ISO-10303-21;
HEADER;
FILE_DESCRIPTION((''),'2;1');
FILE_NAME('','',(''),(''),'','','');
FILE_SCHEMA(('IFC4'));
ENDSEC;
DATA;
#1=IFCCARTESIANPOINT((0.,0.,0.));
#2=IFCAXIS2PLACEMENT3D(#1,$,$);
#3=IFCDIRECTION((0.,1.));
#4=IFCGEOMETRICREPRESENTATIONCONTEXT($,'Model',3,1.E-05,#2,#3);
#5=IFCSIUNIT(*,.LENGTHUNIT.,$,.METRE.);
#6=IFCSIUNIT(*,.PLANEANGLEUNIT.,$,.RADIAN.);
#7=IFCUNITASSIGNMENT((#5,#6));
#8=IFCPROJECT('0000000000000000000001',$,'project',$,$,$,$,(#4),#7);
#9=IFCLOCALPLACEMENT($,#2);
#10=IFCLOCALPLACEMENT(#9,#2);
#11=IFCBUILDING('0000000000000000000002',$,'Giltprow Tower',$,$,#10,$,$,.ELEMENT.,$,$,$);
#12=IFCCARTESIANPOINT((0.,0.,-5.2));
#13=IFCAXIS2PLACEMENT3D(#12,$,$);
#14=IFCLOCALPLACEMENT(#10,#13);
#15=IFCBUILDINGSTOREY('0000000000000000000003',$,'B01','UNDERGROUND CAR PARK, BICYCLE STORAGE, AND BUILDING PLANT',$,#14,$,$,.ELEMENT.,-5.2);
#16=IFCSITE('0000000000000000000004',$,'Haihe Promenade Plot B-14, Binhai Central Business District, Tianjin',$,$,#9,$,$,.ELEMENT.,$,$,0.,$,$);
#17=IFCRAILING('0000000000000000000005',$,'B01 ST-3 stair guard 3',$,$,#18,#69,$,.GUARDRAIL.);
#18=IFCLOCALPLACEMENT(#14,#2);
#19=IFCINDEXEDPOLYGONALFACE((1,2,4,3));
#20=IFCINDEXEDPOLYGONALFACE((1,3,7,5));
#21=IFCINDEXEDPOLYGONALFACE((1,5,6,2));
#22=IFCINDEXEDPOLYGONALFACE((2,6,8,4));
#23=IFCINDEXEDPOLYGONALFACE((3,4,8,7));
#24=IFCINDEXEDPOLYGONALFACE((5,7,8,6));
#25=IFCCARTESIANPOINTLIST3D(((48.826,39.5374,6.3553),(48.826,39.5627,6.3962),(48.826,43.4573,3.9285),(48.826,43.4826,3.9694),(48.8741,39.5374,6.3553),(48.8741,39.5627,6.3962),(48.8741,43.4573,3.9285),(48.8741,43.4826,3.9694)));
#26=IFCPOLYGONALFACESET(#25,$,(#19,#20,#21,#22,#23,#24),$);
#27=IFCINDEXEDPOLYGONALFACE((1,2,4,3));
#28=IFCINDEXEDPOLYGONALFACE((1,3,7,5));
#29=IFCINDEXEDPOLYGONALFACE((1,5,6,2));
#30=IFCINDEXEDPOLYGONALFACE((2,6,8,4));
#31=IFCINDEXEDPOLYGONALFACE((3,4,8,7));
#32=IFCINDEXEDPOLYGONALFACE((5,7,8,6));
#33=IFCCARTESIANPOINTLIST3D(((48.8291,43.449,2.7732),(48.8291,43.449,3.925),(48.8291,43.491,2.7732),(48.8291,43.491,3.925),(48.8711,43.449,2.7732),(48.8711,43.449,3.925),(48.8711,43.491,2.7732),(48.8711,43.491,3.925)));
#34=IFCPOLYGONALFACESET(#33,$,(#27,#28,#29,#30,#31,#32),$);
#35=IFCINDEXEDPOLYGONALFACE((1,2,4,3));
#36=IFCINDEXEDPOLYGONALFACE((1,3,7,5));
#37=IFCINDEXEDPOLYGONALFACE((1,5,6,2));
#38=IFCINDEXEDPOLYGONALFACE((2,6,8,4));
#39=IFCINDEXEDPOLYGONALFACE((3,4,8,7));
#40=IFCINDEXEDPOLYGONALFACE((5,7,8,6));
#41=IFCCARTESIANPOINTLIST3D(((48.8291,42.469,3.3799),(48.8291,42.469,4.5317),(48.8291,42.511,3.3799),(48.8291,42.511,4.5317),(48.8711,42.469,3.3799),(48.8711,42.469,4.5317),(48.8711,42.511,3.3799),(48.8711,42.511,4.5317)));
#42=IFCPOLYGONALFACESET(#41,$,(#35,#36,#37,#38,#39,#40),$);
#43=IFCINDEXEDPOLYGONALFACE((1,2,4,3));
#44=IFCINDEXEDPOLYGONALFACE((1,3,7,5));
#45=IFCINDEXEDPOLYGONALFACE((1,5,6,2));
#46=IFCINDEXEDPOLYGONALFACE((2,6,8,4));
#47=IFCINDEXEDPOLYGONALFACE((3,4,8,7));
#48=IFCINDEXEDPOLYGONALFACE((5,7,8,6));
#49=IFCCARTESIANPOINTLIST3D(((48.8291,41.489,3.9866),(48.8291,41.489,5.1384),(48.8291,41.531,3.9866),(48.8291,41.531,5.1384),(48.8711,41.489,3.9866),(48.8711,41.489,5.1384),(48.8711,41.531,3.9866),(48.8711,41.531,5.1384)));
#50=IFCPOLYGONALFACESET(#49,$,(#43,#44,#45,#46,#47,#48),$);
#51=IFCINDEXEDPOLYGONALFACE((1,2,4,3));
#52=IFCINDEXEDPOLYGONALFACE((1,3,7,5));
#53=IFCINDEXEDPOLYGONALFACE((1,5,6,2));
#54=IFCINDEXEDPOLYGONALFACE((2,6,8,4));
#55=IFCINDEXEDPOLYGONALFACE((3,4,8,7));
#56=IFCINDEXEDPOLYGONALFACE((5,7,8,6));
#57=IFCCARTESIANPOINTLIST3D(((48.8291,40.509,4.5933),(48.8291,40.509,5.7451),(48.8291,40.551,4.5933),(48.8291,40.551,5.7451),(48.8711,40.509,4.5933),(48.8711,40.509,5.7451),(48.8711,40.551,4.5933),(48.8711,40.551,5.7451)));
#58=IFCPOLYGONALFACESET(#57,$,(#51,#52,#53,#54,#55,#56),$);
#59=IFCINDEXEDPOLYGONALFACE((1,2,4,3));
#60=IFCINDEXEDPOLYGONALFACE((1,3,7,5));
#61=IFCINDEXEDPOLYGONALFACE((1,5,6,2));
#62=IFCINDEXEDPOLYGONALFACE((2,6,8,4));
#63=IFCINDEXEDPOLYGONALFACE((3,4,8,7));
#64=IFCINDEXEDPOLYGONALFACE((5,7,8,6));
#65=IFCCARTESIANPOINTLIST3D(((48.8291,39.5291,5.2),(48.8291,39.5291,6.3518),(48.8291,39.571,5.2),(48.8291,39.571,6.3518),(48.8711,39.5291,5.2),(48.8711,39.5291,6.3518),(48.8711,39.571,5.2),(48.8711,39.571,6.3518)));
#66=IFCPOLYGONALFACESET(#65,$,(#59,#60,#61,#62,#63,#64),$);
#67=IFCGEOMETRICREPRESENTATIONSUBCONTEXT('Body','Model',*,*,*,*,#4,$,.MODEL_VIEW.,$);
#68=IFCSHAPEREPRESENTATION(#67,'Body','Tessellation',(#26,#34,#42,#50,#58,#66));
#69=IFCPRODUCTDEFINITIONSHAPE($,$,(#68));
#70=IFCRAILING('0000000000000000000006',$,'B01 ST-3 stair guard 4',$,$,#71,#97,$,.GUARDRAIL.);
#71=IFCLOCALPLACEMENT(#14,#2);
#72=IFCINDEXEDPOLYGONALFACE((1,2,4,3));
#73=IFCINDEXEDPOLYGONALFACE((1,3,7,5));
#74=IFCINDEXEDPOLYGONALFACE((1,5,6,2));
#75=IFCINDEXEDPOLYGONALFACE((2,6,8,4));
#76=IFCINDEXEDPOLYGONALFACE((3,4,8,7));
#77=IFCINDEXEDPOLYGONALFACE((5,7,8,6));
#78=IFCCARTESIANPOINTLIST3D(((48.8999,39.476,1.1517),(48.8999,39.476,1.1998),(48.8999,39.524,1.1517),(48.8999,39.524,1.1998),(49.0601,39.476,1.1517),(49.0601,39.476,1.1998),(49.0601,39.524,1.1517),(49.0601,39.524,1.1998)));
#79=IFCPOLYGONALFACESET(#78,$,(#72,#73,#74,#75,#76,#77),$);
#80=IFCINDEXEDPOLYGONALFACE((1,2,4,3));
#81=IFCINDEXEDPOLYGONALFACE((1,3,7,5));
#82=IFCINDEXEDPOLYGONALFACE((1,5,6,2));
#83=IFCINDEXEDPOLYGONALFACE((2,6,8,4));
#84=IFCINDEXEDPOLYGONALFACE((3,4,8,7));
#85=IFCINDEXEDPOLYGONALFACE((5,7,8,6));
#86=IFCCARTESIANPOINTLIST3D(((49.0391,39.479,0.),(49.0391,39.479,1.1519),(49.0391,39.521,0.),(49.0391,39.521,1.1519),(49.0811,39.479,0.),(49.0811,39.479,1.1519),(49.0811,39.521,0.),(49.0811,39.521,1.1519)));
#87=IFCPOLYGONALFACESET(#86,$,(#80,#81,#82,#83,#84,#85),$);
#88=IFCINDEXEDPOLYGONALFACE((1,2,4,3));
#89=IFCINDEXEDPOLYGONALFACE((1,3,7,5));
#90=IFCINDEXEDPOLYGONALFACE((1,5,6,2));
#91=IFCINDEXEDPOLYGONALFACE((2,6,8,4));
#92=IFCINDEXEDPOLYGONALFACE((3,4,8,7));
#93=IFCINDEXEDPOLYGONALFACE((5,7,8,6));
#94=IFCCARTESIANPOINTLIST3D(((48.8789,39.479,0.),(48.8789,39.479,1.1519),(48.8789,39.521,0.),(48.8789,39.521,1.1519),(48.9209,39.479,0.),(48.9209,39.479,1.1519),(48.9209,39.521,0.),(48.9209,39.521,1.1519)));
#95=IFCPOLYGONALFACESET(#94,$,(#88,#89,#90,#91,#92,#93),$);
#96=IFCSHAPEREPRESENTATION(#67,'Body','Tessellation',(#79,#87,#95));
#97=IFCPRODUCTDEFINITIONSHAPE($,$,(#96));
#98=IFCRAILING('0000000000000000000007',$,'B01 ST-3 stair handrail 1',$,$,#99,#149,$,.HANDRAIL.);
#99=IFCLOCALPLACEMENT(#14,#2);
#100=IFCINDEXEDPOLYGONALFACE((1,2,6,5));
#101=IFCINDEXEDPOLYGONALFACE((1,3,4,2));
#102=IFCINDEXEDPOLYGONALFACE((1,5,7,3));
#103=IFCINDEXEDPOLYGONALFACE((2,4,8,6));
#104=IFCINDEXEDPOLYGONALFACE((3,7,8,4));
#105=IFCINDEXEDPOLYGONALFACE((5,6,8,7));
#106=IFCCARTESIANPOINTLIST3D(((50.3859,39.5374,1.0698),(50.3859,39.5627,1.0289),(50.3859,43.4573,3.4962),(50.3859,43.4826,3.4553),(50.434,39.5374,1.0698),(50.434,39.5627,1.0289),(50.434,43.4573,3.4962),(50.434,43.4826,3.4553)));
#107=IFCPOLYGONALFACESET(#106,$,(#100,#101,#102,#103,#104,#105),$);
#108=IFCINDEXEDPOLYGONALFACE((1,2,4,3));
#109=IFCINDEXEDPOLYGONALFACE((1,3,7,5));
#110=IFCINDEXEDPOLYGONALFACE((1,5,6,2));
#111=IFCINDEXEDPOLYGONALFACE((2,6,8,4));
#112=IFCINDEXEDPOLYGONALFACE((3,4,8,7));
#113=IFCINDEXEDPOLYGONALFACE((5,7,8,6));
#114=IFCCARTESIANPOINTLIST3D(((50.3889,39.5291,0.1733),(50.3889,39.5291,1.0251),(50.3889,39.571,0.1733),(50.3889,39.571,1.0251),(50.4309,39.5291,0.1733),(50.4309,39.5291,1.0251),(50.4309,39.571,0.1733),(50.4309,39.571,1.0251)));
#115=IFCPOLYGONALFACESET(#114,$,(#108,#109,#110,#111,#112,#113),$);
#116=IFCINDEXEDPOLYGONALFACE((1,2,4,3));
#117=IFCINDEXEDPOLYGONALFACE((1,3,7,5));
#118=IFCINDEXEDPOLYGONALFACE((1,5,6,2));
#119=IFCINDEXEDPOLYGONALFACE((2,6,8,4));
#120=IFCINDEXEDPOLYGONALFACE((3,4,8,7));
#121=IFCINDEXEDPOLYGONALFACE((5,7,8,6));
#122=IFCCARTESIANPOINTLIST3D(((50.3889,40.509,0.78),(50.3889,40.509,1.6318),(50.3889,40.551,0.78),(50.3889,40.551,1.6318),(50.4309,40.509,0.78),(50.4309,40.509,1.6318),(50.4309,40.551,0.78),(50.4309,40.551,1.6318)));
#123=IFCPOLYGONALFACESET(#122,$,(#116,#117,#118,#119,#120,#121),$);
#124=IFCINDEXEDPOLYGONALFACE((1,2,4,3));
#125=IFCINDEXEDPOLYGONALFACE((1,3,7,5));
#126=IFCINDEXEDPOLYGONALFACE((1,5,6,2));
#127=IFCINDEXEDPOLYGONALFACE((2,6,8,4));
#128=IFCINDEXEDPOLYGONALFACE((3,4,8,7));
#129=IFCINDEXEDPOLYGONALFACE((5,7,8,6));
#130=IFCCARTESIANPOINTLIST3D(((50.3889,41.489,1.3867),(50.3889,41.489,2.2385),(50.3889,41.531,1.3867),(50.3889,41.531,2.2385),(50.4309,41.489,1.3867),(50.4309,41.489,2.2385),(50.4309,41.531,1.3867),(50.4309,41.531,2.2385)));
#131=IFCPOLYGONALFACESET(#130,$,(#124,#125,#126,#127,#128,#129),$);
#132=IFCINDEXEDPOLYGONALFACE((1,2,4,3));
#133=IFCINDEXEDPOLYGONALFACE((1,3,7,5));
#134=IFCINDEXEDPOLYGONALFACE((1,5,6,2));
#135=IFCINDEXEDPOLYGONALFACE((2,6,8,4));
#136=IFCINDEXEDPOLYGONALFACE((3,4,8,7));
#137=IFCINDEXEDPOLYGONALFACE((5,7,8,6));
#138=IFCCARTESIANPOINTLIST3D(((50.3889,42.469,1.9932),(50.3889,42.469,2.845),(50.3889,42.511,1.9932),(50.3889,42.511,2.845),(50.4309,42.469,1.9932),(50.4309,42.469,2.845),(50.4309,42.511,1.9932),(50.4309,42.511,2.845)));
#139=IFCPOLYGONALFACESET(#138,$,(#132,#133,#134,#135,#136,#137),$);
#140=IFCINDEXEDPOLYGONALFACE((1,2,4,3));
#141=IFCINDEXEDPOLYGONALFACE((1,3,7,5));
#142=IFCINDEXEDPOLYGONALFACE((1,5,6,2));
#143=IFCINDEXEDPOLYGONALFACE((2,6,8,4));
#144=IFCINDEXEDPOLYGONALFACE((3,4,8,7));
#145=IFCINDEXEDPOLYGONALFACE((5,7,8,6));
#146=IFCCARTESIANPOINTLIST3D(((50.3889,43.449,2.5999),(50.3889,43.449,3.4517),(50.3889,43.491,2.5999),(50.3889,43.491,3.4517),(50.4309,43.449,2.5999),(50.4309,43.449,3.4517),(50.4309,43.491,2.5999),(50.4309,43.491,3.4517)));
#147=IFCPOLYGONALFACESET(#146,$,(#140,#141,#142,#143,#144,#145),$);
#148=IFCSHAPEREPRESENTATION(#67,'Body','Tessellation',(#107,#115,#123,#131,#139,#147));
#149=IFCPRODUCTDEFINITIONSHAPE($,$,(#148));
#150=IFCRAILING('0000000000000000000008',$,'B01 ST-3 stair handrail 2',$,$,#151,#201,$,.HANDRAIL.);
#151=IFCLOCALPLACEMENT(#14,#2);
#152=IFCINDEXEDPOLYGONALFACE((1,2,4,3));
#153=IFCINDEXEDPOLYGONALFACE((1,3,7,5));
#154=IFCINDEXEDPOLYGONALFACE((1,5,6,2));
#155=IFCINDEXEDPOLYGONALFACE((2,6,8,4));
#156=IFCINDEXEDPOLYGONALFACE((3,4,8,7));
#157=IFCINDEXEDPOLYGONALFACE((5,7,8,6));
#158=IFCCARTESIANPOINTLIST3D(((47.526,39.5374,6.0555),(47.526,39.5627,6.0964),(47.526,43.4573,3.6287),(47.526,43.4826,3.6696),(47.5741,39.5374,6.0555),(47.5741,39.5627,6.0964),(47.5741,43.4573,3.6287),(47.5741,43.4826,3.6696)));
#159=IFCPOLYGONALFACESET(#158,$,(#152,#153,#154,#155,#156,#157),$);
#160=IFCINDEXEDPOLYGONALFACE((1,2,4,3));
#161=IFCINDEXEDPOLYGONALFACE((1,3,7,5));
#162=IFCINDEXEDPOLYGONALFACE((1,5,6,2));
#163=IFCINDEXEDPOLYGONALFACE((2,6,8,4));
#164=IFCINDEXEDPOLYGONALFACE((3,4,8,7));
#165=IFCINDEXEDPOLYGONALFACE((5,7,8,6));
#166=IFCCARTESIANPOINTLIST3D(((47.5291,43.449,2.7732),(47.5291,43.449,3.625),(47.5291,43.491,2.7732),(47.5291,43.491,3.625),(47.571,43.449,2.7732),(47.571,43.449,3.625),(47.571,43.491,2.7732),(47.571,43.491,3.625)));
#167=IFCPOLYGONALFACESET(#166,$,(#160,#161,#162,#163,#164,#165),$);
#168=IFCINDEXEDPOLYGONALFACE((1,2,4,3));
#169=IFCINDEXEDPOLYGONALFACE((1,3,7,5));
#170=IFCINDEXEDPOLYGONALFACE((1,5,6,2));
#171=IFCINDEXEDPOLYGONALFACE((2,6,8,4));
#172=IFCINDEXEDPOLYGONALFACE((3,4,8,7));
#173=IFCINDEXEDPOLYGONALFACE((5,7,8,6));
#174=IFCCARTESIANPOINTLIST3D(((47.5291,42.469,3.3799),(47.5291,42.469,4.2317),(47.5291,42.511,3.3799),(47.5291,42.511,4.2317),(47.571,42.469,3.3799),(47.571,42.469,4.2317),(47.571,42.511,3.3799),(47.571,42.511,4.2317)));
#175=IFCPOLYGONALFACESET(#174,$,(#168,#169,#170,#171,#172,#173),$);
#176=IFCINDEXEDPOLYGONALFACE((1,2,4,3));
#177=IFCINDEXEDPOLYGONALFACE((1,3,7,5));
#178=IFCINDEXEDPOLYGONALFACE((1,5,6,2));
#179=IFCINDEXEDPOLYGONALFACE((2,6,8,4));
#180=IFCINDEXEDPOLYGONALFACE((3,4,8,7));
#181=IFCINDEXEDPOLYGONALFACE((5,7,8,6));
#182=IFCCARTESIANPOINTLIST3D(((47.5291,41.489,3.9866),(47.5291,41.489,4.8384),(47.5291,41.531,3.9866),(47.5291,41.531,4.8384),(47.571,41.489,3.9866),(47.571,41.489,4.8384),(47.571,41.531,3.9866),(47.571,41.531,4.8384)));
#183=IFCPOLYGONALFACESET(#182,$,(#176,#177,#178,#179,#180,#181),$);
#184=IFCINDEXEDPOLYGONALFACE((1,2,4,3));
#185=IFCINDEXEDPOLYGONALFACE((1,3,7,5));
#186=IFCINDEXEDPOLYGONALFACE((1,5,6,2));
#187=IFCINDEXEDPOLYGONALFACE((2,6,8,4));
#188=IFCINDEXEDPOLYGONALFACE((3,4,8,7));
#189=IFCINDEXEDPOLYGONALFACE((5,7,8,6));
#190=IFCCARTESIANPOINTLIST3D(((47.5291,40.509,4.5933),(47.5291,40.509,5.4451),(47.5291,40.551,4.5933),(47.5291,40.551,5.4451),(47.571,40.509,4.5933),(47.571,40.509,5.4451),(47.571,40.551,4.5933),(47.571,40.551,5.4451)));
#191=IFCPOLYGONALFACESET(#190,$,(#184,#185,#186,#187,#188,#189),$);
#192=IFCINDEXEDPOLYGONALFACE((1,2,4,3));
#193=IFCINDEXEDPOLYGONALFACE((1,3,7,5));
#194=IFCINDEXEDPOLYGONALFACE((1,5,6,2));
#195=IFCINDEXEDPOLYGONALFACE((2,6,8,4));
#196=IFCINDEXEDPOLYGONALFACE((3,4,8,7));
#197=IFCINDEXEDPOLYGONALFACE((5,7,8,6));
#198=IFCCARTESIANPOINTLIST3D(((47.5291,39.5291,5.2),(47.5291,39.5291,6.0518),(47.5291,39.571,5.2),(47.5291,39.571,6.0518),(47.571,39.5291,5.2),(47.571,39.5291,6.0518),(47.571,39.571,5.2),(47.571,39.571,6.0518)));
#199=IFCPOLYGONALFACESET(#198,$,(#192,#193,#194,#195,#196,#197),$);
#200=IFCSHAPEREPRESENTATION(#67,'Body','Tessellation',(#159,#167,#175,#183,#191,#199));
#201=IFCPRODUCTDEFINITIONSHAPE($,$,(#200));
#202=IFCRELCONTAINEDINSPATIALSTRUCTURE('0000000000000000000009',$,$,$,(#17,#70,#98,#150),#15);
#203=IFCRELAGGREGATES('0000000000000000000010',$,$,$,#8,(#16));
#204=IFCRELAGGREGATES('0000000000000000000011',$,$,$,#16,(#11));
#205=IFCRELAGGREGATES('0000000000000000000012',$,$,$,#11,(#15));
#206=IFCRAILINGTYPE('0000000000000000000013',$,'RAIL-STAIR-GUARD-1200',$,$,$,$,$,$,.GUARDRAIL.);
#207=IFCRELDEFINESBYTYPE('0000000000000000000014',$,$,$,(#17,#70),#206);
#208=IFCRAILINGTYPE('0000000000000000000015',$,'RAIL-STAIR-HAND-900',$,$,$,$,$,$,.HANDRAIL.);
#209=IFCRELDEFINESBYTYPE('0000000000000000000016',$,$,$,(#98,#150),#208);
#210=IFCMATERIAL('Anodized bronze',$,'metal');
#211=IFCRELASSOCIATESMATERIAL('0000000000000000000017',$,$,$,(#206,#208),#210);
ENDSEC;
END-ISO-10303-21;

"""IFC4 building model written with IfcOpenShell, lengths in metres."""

from ifc_helpers import new_model, si_unit, direction, frame, origin, origin_2d, place, context, subcontext, project, spatial, rectangle, extrude, material, type_object, element, save


model = new_model("IFC4")

# Units and contexts
model_context = context("Model", 3, precision=1e-05, world=origin(), true_north=direction((0.0, 1.0)))
body_context = subcontext(model_context, "Body", "Model", "MODEL_VIEW")
ifc_project = project(units=[si_unit("LENGTHUNIT", "METRE"), si_unit("PLANEANGLEUNIT", "RADIAN")], contexts=[model_context])

# Site, building, storey
site_placement = place(None, origin())
site = spatial("IfcSite", under=ifc_project, at=site_placement, Name="Haihe Promenade Plot B-14, Binhai Central Business District, Tianjin", CompositionType="ELEMENT", RefElevation=0.0)
building_placement = place(site_placement, origin())
building = spatial("IfcBuilding", under=site, at=building_placement, Name="Giltprow Tower", CompositionType="ELEMENT")
storey_placement = place(building_placement, frame((0.0, 0.0, -5.2)))
storey = spatial("IfcBuildingStorey", under=building, at=storey_placement, Name="B01", Description="UNDERGROUND CAR PARK, BICYCLE STORAGE, AND BUILDING PLANT", CompositionType="ELEMENT", Elevation=-5.2)

# Railings
ifc_material_1 = material(Name="Anodized bronze", Category="metal")
railing_type_1 = type_object("IfcRailingType", Name="RAIL-STAIR-GUARD-1200", PredefinedType="GUARDRAIL", material=ifc_material_1)
railing_1_placement = place(storey_placement, frame((48.8501, 43.47, 2.7732)))
element("IfcRailing", 1, at=railing_1_placement, inside=storey, type_object=railing_type_1, Name="B01 ST-3 stair guard 3", PredefinedType="GUARDRAIL", context=body_context, shape_type="SweptSolid", body=[
    extrude(rectangle(XDim=0.0481, YDim=0.0481, at=origin_2d()), frame((0.0, 0.0, 1.1758), z_axis=(0.0, -0.850252, 0.526376), x_axis=(1.0, 0.0, 0.0)), (0.0, 0.0, 1.0), 4.6104),
    extrude(rectangle(XDim=0.042, YDim=0.042, at=origin_2d()), origin(), (0.0, 0.0, 1.0), 1.1519),
    extrude(rectangle(XDim=0.042, YDim=0.042, at=origin_2d()), frame((0.0, -0.98, 0.6067)), (0.0, 0.0, 1.0), 1.1519),
    extrude(rectangle(XDim=0.042, YDim=0.042, at=origin_2d()), frame((0.0, -1.96, 1.2134)), (0.0, 0.0, 1.0), 1.1519),
    extrude(rectangle(XDim=0.042, YDim=0.042, at=origin_2d()), frame((0.0, -2.9399, 1.8201)), (0.0, 0.0, 1.0), 1.1519),
    extrude(rectangle(XDim=0.042, YDim=0.042, at=origin_2d()), frame((0.0, -3.9199, 2.4268)), (0.0, 0.0, 1.0), 1.1519),
])
railing_2_placement = place(storey_placement, frame((49.0601, 39.5, 0.0)))
element("IfcRailing", 2, at=railing_2_placement, inside=storey, type_object=railing_type_1, Name="B01 ST-3 stair guard 4", PredefinedType="GUARDRAIL", context=body_context, shape_type="SweptSolid", body=[
    extrude(rectangle(XDim=0.0481, YDim=0.0481, at=origin_2d()), frame((0.0, 0.0, 1.1758), z_axis=(-1.0, 0.0, 0.0), x_axis=(0.0, -1.0, 0.0)), (0.0, 0.0, 1.0), 0.1602),
    extrude(rectangle(XDim=0.042, YDim=0.042, at=origin_2d()), origin(), (0.0, 0.0, 1.0), 1.1519),
    extrude(rectangle(XDim=0.042, YDim=0.042, at=origin_2d()), frame((-0.1602, 0.0, 0.0)), (0.0, 0.0, 1.0), 1.1519),
])
railing_type_2 = type_object("IfcRailingType", Name="RAIL-STAIR-HAND-900", PredefinedType="HANDRAIL", material=ifc_material_1)
railing_3_placement = place(storey_placement, frame((50.4099, 39.55, 0.1733)))
element("IfcRailing", 3, at=railing_3_placement, inside=storey, type_object=railing_type_2, Name="B01 ST-3 stair handrail 1", PredefinedType="HANDRAIL", context=body_context, shape_type="SweptSolid", body=[
    extrude(rectangle(XDim=0.0481, YDim=0.0481, at=origin_2d()), frame((0.0, 0.0, 0.876), z_axis=(0.0, 0.850275, 0.526338), x_axis=(-1.0, 0.0, 0.0)), (0.0, 0.0, 1.0), 4.6101),
    extrude(rectangle(XDim=0.042, YDim=0.042, at=origin_2d()), origin(), (0.0, 0.0, 1.0), 0.8518),
    extrude(rectangle(XDim=0.042, YDim=0.042, at=origin_2d()), frame((0.0, 0.98, 0.6067)), (0.0, 0.0, 1.0), 0.8518),
    extrude(rectangle(XDim=0.042, YDim=0.042, at=origin_2d()), frame((0.0, 1.96, 1.2134)), (0.0, 0.0, 1.0), 0.8518),
    extrude(rectangle(XDim=0.042, YDim=0.042, at=origin_2d()), frame((0.0, 2.9399, 1.8198)), (0.0, 0.0, 1.0), 0.8518),
    extrude(rectangle(XDim=0.042, YDim=0.042, at=origin_2d()), frame((0.0, 3.9199, 2.4265)), (0.0, 0.0, 1.0), 0.8518),
])
railing_4_placement = place(storey_placement, frame((47.55, 43.47, 2.7732)))
element("IfcRailing", 4, at=railing_4_placement, inside=storey, type_object=railing_type_2, Name="B01 ST-3 stair handrail 2", PredefinedType="HANDRAIL", context=body_context, shape_type="SweptSolid", body=[
    extrude(rectangle(XDim=0.0481, YDim=0.0481, at=origin_2d()), frame((0.0, 0.0, 0.876), z_axis=(0.0, -0.850252, 0.526376), x_axis=(1.0, 0.0, 0.0)), (0.0, 0.0, 1.0), 4.6104),
    extrude(rectangle(XDim=0.042, YDim=0.042, at=origin_2d()), origin(), (0.0, 0.0, 1.0), 0.8518),
    extrude(rectangle(XDim=0.042, YDim=0.042, at=origin_2d()), frame((0.0, -0.98, 0.6067)), (0.0, 0.0, 1.0), 0.8518),
    extrude(rectangle(XDim=0.042, YDim=0.042, at=origin_2d()), frame((0.0, -1.96, 1.2134)), (0.0, 0.0, 1.0), 0.8518),
    extrude(rectangle(XDim=0.042, YDim=0.042, at=origin_2d()), frame((0.0, -2.9399, 1.8201)), (0.0, 0.0, 1.0), 0.8518),
    extrude(rectangle(XDim=0.042, YDim=0.042, at=origin_2d()), frame((0.0, -3.9199, 2.4268)), (0.0, 0.0, 1.0), 0.8518),
])

save(model, "model.ifc")
